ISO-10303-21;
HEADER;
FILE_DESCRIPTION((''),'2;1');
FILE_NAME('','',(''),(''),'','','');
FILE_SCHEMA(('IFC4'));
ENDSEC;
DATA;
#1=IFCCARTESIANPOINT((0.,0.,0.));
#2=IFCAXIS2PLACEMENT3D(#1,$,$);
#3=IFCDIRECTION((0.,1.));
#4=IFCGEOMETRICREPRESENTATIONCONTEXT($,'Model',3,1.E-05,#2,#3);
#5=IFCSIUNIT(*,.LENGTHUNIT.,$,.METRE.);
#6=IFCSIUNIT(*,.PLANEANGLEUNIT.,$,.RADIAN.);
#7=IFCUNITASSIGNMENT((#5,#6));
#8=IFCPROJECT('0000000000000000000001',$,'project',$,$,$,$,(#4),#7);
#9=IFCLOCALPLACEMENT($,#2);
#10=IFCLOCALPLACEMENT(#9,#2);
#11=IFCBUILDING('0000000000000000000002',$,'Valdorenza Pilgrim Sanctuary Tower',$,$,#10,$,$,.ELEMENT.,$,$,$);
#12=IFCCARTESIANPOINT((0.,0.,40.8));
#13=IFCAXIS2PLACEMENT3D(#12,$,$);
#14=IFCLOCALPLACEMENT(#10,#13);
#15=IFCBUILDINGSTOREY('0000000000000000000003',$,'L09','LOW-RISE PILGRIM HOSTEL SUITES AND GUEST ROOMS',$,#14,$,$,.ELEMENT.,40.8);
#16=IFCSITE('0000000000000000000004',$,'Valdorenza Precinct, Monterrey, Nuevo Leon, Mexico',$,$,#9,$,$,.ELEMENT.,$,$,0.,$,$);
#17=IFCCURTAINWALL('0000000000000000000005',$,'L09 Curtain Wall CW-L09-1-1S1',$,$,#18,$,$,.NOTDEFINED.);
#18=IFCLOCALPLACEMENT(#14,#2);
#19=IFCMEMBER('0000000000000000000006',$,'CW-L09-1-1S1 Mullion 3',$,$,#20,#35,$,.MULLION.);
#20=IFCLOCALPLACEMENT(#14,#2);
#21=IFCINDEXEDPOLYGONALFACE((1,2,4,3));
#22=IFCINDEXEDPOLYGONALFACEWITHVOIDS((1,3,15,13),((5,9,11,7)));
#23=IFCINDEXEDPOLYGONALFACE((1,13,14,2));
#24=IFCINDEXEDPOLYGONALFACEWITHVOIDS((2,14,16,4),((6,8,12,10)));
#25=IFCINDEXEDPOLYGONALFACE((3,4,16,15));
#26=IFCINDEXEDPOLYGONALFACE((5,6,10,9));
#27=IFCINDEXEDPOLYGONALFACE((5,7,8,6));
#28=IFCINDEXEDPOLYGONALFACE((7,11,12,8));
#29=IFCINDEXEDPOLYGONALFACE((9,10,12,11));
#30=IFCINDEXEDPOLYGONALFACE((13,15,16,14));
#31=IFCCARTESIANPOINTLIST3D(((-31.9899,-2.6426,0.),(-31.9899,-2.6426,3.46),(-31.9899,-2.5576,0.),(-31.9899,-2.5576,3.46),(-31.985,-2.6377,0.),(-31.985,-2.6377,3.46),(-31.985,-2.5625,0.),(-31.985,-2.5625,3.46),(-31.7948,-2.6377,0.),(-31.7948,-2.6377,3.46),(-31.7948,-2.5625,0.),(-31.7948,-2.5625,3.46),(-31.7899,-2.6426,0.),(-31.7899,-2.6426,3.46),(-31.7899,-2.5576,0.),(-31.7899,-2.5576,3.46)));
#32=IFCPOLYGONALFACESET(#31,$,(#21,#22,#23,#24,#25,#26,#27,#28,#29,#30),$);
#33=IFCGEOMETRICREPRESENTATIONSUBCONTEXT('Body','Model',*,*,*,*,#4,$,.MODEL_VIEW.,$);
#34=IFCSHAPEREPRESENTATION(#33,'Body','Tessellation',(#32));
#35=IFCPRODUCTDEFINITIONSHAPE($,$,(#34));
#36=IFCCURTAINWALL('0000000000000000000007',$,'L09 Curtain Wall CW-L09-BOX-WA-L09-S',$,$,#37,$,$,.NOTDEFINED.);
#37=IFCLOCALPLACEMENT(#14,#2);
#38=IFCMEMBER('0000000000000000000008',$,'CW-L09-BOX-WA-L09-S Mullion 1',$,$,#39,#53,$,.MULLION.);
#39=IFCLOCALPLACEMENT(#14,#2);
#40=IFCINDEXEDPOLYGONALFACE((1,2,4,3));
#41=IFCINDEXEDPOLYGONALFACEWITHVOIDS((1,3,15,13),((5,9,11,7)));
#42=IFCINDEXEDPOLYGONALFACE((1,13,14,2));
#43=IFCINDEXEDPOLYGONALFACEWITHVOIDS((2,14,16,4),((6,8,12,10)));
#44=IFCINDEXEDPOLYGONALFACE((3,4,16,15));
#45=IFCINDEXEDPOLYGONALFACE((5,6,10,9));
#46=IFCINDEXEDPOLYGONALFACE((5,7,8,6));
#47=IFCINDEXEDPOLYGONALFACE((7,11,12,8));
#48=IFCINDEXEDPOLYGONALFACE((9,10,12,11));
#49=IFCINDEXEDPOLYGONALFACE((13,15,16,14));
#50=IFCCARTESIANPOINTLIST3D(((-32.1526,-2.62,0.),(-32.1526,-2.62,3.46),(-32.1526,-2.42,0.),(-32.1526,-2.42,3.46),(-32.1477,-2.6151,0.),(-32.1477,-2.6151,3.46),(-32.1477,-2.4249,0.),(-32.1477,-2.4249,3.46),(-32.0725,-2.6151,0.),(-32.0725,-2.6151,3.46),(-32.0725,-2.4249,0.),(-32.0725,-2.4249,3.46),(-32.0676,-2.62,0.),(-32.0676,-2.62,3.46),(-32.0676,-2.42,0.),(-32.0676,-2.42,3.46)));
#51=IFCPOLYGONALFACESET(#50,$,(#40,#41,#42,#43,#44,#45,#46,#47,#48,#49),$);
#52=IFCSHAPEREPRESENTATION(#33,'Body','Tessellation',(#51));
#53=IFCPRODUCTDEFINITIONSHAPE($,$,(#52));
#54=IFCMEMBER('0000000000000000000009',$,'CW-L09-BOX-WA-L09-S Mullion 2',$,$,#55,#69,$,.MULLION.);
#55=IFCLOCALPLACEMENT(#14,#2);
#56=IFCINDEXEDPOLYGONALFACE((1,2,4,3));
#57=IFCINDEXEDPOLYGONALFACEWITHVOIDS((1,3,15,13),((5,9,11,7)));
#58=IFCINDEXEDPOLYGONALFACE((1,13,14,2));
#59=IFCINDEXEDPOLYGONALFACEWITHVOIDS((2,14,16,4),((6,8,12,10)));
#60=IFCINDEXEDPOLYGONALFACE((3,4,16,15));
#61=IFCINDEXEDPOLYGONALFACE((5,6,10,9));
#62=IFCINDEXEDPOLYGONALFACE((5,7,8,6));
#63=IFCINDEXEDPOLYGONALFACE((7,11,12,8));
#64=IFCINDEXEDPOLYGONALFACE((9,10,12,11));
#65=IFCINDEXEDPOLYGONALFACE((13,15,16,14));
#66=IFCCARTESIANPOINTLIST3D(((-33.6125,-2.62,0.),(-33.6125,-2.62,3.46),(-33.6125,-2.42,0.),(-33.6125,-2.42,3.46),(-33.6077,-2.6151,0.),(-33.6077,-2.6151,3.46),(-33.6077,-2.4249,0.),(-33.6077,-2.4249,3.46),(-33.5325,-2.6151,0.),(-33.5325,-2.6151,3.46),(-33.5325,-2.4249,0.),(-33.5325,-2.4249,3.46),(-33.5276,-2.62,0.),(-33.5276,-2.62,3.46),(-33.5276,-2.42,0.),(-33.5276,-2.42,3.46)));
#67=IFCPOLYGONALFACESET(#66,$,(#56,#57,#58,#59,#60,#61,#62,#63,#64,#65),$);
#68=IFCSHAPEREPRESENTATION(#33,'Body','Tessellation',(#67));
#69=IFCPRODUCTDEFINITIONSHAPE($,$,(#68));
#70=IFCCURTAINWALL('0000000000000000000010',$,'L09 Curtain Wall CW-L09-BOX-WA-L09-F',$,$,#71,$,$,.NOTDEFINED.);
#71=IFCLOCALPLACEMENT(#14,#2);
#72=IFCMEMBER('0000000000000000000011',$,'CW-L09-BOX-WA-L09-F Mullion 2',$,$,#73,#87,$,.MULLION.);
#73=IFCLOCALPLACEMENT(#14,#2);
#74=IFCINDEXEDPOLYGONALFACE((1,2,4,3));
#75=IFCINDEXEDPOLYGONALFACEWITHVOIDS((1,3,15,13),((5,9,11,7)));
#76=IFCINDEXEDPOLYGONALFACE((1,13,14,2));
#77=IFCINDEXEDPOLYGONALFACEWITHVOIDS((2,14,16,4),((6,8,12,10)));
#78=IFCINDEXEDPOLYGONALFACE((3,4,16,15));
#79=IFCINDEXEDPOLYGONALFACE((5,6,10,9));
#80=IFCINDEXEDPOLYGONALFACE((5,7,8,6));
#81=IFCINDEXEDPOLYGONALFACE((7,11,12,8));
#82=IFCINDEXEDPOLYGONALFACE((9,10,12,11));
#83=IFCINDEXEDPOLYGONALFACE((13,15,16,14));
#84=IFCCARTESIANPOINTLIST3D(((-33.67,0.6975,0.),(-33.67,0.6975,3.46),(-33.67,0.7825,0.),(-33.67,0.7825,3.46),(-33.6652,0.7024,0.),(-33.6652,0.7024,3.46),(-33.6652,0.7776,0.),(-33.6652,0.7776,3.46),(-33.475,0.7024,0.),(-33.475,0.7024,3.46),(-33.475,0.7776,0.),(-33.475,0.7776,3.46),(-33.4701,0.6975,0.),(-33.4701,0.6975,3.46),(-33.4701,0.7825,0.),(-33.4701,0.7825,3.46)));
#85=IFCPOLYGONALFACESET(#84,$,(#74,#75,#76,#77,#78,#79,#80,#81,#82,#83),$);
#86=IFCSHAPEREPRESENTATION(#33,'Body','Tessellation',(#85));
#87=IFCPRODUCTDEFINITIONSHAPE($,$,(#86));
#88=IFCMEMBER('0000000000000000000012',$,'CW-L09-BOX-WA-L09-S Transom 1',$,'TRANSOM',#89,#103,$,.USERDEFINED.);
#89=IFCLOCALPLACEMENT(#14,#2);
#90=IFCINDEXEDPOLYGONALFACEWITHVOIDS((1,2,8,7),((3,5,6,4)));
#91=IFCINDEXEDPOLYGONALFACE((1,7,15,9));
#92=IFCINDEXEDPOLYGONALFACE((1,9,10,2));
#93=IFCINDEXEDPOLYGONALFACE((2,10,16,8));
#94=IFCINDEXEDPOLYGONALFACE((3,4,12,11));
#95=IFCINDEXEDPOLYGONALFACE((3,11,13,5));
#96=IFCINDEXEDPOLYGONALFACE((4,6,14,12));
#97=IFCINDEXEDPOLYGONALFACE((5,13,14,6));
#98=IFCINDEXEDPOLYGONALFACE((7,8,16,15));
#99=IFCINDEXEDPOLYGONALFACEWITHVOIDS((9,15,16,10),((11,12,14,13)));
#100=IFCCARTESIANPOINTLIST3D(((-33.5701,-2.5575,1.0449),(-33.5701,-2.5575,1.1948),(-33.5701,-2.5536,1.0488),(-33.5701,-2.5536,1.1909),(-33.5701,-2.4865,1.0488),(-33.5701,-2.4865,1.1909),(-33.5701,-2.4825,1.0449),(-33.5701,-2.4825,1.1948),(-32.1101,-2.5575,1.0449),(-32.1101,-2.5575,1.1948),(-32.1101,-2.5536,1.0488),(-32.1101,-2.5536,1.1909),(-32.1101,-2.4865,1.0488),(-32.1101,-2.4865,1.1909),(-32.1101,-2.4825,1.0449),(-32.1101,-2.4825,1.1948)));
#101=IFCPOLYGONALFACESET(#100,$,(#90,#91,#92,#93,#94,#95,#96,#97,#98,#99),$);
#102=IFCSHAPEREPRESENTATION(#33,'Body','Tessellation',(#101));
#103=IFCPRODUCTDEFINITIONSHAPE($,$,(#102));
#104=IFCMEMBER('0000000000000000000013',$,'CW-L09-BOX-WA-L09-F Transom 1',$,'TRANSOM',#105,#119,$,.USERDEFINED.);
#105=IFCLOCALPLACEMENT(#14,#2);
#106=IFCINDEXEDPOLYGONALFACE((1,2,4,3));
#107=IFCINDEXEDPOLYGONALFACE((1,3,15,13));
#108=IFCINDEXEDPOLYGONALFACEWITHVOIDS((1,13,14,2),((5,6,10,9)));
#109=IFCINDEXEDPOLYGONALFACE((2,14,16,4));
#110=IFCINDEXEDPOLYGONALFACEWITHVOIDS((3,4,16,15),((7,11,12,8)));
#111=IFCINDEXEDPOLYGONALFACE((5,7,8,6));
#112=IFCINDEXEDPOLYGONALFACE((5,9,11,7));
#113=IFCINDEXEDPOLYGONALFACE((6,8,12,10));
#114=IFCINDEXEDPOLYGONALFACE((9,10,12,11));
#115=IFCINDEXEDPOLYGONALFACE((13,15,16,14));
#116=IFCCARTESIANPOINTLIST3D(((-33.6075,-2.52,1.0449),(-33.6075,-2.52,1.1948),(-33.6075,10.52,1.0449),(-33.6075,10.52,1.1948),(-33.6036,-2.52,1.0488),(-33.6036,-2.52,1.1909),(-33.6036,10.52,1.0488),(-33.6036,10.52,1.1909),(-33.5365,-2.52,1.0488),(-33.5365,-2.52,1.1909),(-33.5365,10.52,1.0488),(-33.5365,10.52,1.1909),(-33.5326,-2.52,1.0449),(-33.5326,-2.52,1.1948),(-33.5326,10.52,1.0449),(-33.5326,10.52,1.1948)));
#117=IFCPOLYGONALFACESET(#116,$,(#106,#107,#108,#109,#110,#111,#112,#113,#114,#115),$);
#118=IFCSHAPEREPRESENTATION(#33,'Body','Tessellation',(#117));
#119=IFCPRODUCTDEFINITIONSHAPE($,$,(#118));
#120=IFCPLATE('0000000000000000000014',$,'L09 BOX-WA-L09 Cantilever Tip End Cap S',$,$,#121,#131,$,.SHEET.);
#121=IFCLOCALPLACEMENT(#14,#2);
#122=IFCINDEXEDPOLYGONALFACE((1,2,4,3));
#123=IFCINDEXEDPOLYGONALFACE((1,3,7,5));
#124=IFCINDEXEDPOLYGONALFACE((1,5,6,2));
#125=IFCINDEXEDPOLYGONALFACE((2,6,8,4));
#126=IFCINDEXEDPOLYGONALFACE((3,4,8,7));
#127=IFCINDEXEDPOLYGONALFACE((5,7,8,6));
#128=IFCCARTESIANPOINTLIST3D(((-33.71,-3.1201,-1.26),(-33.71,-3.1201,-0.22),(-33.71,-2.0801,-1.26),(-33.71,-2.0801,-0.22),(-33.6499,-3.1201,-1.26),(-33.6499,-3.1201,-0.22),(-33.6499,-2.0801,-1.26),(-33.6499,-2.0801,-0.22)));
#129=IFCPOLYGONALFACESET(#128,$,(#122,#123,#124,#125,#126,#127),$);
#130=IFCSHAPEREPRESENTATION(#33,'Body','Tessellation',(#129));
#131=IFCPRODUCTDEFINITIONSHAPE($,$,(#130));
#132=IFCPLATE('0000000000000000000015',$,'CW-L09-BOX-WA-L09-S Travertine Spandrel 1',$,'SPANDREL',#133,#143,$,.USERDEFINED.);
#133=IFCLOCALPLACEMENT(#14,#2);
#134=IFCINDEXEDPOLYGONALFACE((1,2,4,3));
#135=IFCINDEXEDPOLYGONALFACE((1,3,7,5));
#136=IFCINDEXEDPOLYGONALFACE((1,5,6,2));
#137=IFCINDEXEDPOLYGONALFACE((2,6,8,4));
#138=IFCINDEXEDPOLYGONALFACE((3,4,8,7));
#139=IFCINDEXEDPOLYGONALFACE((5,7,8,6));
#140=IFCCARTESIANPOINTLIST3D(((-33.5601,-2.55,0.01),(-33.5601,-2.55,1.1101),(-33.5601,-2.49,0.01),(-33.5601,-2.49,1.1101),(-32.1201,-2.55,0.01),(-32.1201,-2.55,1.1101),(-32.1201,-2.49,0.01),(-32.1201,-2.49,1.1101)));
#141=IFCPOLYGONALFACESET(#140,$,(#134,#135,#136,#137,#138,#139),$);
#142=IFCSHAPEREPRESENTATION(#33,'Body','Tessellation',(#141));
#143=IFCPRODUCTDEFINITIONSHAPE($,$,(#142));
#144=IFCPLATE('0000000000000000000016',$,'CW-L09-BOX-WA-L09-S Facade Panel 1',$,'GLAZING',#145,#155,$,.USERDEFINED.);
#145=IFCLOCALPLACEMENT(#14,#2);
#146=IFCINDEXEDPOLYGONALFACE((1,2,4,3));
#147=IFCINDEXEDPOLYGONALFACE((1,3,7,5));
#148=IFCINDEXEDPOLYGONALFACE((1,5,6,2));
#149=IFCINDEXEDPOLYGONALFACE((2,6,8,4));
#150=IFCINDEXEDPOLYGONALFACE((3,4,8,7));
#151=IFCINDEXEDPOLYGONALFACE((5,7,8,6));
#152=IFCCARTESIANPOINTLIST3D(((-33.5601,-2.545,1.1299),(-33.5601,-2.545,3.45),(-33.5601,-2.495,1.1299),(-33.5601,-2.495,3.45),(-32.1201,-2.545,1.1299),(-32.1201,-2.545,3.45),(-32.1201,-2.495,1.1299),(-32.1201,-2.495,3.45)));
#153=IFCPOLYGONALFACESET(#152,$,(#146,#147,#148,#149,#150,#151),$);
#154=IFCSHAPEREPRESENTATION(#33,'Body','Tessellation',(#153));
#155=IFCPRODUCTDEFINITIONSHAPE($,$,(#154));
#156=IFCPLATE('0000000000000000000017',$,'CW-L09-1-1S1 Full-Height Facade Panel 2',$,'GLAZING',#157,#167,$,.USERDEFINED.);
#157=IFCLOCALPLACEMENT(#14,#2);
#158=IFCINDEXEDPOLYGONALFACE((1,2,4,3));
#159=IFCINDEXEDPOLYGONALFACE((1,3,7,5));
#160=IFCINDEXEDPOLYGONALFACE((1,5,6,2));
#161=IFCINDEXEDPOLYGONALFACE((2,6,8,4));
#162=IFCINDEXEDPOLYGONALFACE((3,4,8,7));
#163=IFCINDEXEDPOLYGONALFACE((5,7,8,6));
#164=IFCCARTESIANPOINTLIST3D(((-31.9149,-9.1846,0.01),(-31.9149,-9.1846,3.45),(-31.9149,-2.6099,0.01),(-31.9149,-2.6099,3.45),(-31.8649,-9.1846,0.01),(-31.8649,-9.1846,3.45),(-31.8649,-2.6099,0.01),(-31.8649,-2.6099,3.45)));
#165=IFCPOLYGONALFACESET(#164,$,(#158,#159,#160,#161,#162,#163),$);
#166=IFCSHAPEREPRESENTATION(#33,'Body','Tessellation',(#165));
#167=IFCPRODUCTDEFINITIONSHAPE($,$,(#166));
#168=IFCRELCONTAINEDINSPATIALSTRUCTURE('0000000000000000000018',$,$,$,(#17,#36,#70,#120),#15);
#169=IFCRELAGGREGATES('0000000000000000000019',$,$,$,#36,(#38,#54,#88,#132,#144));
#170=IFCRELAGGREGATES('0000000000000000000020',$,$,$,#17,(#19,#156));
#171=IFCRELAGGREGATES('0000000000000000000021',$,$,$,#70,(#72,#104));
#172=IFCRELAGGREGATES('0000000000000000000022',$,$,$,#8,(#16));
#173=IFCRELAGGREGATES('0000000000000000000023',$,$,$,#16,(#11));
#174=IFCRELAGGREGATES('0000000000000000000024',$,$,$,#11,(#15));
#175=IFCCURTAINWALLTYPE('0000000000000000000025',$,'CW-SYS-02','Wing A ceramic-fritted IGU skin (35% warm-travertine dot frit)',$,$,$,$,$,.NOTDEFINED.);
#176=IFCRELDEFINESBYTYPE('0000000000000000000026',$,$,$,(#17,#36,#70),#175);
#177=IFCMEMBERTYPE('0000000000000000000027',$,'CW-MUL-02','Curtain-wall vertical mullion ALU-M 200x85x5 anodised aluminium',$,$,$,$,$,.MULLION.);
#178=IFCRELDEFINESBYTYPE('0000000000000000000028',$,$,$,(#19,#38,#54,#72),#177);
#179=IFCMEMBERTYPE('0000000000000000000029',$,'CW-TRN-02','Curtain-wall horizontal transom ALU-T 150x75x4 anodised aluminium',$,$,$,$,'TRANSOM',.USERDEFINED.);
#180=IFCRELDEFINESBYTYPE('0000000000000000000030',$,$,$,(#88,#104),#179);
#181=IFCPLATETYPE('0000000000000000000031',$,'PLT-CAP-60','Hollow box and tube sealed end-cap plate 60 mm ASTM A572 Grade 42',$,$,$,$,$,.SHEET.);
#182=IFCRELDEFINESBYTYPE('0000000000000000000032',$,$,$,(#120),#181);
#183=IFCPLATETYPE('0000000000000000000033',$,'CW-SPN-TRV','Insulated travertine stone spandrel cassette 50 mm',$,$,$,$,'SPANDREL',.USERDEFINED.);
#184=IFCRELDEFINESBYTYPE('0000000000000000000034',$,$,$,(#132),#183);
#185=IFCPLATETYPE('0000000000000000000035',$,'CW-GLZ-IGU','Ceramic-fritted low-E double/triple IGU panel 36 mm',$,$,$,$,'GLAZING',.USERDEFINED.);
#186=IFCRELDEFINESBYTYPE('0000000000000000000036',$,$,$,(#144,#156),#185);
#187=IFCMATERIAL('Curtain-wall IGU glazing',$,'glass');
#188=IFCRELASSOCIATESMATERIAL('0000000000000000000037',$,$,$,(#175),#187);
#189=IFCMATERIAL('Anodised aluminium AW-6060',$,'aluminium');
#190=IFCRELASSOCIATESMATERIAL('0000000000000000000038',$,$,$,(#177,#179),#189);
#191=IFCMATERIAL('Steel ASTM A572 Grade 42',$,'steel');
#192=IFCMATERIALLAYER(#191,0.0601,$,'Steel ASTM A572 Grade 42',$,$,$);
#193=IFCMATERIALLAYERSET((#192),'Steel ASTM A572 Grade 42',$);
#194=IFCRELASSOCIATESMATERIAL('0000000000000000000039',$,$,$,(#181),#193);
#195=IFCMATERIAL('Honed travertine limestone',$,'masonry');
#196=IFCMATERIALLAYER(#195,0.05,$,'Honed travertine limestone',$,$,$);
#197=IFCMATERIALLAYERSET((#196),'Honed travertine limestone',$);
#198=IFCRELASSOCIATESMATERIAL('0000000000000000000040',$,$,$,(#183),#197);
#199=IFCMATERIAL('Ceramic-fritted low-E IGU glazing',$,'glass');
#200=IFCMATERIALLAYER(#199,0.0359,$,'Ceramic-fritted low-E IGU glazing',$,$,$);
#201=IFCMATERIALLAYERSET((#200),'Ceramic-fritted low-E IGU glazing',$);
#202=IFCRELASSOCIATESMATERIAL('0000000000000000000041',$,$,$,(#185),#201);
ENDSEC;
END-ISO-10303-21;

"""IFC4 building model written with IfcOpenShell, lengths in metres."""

from ifc_helpers import new_model, si_unit, direction, frame, origin, origin_2d, place, context, subcontext, project, spatial, rectangle, hollow_rectangle, extrude, source, transform, mapped, material, layer, layer_set, material_profile, profile_set, type_object, element, aggregate, save


model = new_model("IFC4")

# Units and contexts
model_context = context("Model", 3, precision=1e-05, world=origin(), true_north=direction((0.0, 1.0)))
body_context = subcontext(model_context, "Body", "Model", "MODEL_VIEW")
ifc_project = project(units=[si_unit("LENGTHUNIT", "METRE"), si_unit("PLANEANGLEUNIT", "RADIAN")], contexts=[model_context])

# Site, building, storey
site_placement = place(None, origin())
site = spatial("IfcSite", under=ifc_project, at=site_placement, Name="Valdorenza Precinct, Monterrey, Nuevo Leon, Mexico", CompositionType="ELEMENT", RefElevation=0.0)
building_placement = place(site_placement, origin())
building = spatial("IfcBuilding", under=site, at=building_placement, Name="Valdorenza Pilgrim Sanctuary Tower", CompositionType="ELEMENT")
storey_placement = place(building_placement, frame((0.0, 0.0, 40.8)))
storey = spatial("IfcBuildingStorey", under=building, at=storey_placement, Name="L09", Description="LOW-RISE PILGRIM HOSTEL SUITES AND GUEST ROOMS", CompositionType="ELEMENT", Elevation=40.8)

# Shared definitions
ifc_material_1 = material(Name="Steel ASTM A572 Grade 42", Category="steel")

# Curtain wall, member
ifc_material_2 = material(Name="Curtain-wall IGU glazing", Category="glass")
curtain_wall_type = type_object("IfcCurtainWallType", Name="CW-SYS-02", Description="Wing A ceramic-fritted IGU skin (35% warm-travertine dot frit)", PredefinedType="NOTDEFINED", material=ifc_material_2)
curtain_wall_1_placement = place(storey_placement, origin())
curtain_wall_1 = element("IfcCurtainWall", 1, at=curtain_wall_1_placement, inside=storey, type_object=curtain_wall_type, Name="L09 Curtain Wall CW-L09-1-1S1", PredefinedType="NOTDEFINED")
ifc_material_3 = material(Name="Anodised aluminium AW-6060", Category="aluminium")
ifc_material_profile_1 = material_profile(ifc_material_3, hollow_rectangle(XDim=0.085, YDim=0.2, WallThickness=0.0049, at=origin_2d()), Name="ALU-M 200x85x5")
ifc_profile_set_1 = profile_set([ifc_material_profile_1], Name="Anodised aluminium AW-6060")
member_type_1 = type_object("IfcMemberType", Name="CW-MUL-02", Description="Curtain-wall vertical mullion ALU-M 200x85x5 anodised aluminium", PredefinedType="MULLION", material=ifc_profile_set_1)
shared_shape_1 = source(origin(), body_context, "Body", "SweptSolid", [
    extrude(hollow_rectangle(XDim=0.085, YDim=0.2, WallThickness=0.0049, at=origin_2d()), origin(), (0.0, 0.0, 1.0), 3.46),
])
member_1_placement = place(storey_placement, frame((-31.8899, -2.6001, 0.0), z_axis=(0.0, 0.0, 1.0), x_axis=(0.0, 1.0, 0.0)))
member_1 = element("IfcMember", 2, at=member_1_placement, type_object=member_type_1, Name="CW-L09-1-1S1 Mullion 3", PredefinedType="MULLION", context=body_context, shape_type="MappedRepresentation", body=[
    mapped(shared_shape_1, transform((0.0, 0.0, 0.0), x_axis=(1.0, 0.0, 0.0), y_axis=(0.0, 1.0, 0.0), z_axis=(0.0, 0.0, 1.0), scale=1.0)),
])

# Curtain wall, members
curtain_wall_2_placement = place(storey_placement, origin())
curtain_wall_2 = element("IfcCurtainWall", 3, at=curtain_wall_2_placement, inside=storey, type_object=curtain_wall_type, Name="L09 Curtain Wall CW-L09-BOX-WA-L09-S", PredefinedType="NOTDEFINED")
member_2_placement = place(storey_placement, frame((-32.1101, -2.52, 0.0), z_axis=(0.0, 0.0, 1.0), x_axis=(-1.0, 0.0, 0.0)))
member_2 = element("IfcMember", 4, at=member_2_placement, type_object=member_type_1, Name="CW-L09-BOX-WA-L09-S Mullion 1", PredefinedType="MULLION", context=body_context, shape_type="MappedRepresentation", body=[
    mapped(shared_shape_1, transform((0.0, 0.0, 0.0), x_axis=(1.0, 0.0, 0.0), y_axis=(0.0, 1.0, 0.0), z_axis=(0.0, 0.0, 1.0), scale=1.0)),
])
member_3_placement = place(storey_placement, frame((-33.5701, -2.52, 0.0), z_axis=(0.0, 0.0, 1.0), x_axis=(-1.0, 0.0, 0.0)))
member_3 = element("IfcMember", 5, at=member_3_placement, type_object=member_type_1, Name="CW-L09-BOX-WA-L09-S Mullion 2", PredefinedType="MULLION", context=body_context, shape_type="MappedRepresentation", body=[
    mapped(shared_shape_1, transform((0.0, 0.0, 0.0), x_axis=(1.0, 0.0, 0.0), y_axis=(0.0, 1.0, 0.0), z_axis=(0.0, 0.0, 1.0), scale=1.0)),
])

# Curtain wall, member
curtain_wall_3_placement = place(storey_placement, origin())
curtain_wall_3 = element("IfcCurtainWall", 6, at=curtain_wall_3_placement, inside=storey, type_object=curtain_wall_type, Name="L09 Curtain Wall CW-L09-BOX-WA-L09-F", PredefinedType="NOTDEFINED")
member_4_placement = place(storey_placement, frame((-33.5701, 0.74, 0.0), z_axis=(0.0, 0.0, 1.0), x_axis=(0.0, 1.0, 0.0)))
member_4 = element("IfcMember", 7, at=member_4_placement, type_object=member_type_1, Name="CW-L09-BOX-WA-L09-F Mullion 2", PredefinedType="MULLION", context=body_context, shape_type="MappedRepresentation", body=[
    mapped(shared_shape_1, transform((0.0, 0.0, 0.0), x_axis=(1.0, 0.0, 0.0), y_axis=(0.0, 1.0, 0.0), z_axis=(0.0, 0.0, 1.0), scale=1.0)),
])

# Members
ifc_material_profile_2 = material_profile(ifc_material_3, hollow_rectangle(XDim=0.075, YDim=0.1499, WallThickness=0.0039, at=origin_2d()), Name="ALU-T 150x75x4")
ifc_profile_set_2 = profile_set([ifc_material_profile_2], Name="Anodised aluminium AW-6060")
member_type_2 = type_object("IfcMemberType", Name="CW-TRN-02", Description="Curtain-wall horizontal transom ALU-T 150x75x4 anodised aluminium", ElementType="TRANSOM", PredefinedType="USERDEFINED", material=ifc_profile_set_2)
shared_shape_2 = source(origin(), body_context, "Body", "SweptSolid", [
    extrude(hollow_rectangle(XDim=0.075, YDim=0.1499, WallThickness=0.0039, at=origin_2d()), origin(), (0.0, 0.0, 1.0), 1.46),
])
member_5_placement = place(storey_placement, frame((-32.1101, -2.52, 1.1199), z_axis=(-1.0, 0.0, 0.0), x_axis=(0.0, -1.0, 0.0)))
member_5 = element("IfcMember", 8, at=member_5_placement, type_object=member_type_2, Name="CW-L09-BOX-WA-L09-S Transom 1", ObjectType="TRANSOM", PredefinedType="USERDEFINED", context=body_context, shape_type="MappedRepresentation", body=[
    mapped(shared_shape_2, transform((0.0, 0.0, 0.0), x_axis=(1.0, 0.0, 0.0), y_axis=(0.0, 1.0, 0.0), z_axis=(0.0, 0.0, 1.0), scale=1.0)),
])
shared_shape_3 = source(origin(), body_context, "Body", "SweptSolid", [
    extrude(hollow_rectangle(XDim=0.075, YDim=0.1499, WallThickness=0.0039, at=origin_2d()), origin(), (0.0, 0.0, 1.0), 13.04),
])
member_6_placement = place(storey_placement, frame((-33.5701, -2.52, 1.1199), z_axis=(0.0, 1.0, 0.0), x_axis=(-1.0, 0.0, 0.0)))
member_6 = element("IfcMember", 9, at=member_6_placement, type_object=member_type_2, Name="CW-L09-BOX-WA-L09-F Transom 1", ObjectType="TRANSOM", PredefinedType="USERDEFINED", context=body_context, shape_type="MappedRepresentation", body=[
    mapped(shared_shape_3, transform((0.0, 0.0, 0.0), x_axis=(1.0, 0.0, 0.0), y_axis=(0.0, 1.0, 0.0), z_axis=(0.0, 0.0, 1.0), scale=1.0)),
])

# Plates
ifc_layer_1 = layer(ifc_material_1, 0.0601, Name="Steel ASTM A572 Grade 42")
ifc_layer_set_1 = layer_set([ifc_layer_1], Name="Steel ASTM A572 Grade 42")
plate_type_1 = type_object("IfcPlateType", Name="PLT-CAP-60", Description="Hollow box and tube sealed end-cap plate 60 mm ASTM A572 Grade 42", PredefinedType="SHEET", material=ifc_layer_set_1)
shared_shape_4 = source(origin(), body_context, "Body", "SweptSolid", [
    extrude(rectangle(XDim=0.0601, YDim=1.04, at=origin_2d()), origin(), (0.0, 0.0, 1.0), 1.04),
])
plate_1_placement = place(storey_placement, frame((-33.6799, -2.6001, -1.26), z_axis=(0.0, 0.0, 1.0), x_axis=(1.0, 0.0, 0.0)))
element("IfcPlate", 10, at=plate_1_placement, inside=storey, type_object=plate_type_1, Name="L09 BOX-WA-L09 Cantilever Tip End Cap S", PredefinedType="SHEET", context=body_context, shape_type="MappedRepresentation", body=[
    mapped(shared_shape_4, transform((0.0, 0.0, 0.0), x_axis=(1.0, 0.0, 0.0), y_axis=(0.0, 1.0, 0.0), z_axis=(0.0, 0.0, 1.0), scale=1.0)),
])
ifc_material_4 = material(Name="Honed travertine limestone", Category="masonry")
ifc_layer_2 = layer(ifc_material_4, 0.05, Name="Honed travertine limestone")
ifc_layer_set_2 = layer_set([ifc_layer_2], Name="Honed travertine limestone")
plate_type_2 = type_object("IfcPlateType", Name="CW-SPN-TRV", Description="Insulated travertine stone spandrel cassette 50 mm", ElementType="SPANDREL", PredefinedType="USERDEFINED", material=ifc_layer_set_2)
shared_shape_5 = source(origin(), body_context, "Body", "SweptSolid", [
    extrude(rectangle(XDim=1.4399, YDim=0.0601, at=origin_2d()), origin(), (0.0, 0.0, 1.0), 1.1001),
])
plate_2_placement = place(storey_placement, frame((-32.8401, -2.52, 0.01), z_axis=(0.0, 0.0, 1.0), x_axis=(-1.0, 0.0, 0.0)))
plate_2 = element("IfcPlate", 11, at=plate_2_placement, type_object=plate_type_2, Name="CW-L09-BOX-WA-L09-S Travertine Spandrel 1", ObjectType="SPANDREL", PredefinedType="USERDEFINED", context=body_context, shape_type="MappedRepresentation", body=[
    mapped(shared_shape_5, transform((0.0, 0.0, 0.0), x_axis=(1.0, 0.0, 0.0), y_axis=(0.0, 1.0, 0.0), z_axis=(0.0, 0.0, 1.0), scale=1.0)),
])
ifc_material_5 = material(Name="Ceramic-fritted low-E IGU glazing", Category="glass")
ifc_layer_3 = layer(ifc_material_5, 0.0359, Name="Ceramic-fritted low-E IGU glazing")
ifc_layer_set_3 = layer_set([ifc_layer_3], Name="Ceramic-fritted low-E IGU glazing")
plate_type_3 = type_object("IfcPlateType", Name="CW-GLZ-IGU", Description="Ceramic-fritted low-E double/triple IGU panel 36 mm", ElementType="GLAZING", PredefinedType="USERDEFINED", material=ifc_layer_set_3)
shared_shape_6 = source(origin(), body_context, "Body", "SweptSolid", [
    extrude(rectangle(XDim=1.4399, YDim=0.05, at=origin_2d()), origin(), (0.0, 0.0, 1.0), 2.3201),
])
plate_3_placement = place(storey_placement, frame((-32.8401, -2.52, 1.1299), z_axis=(0.0, 0.0, 1.0), x_axis=(-1.0, 0.0, 0.0)))
plate_3 = element("IfcPlate", 12, at=plate_3_placement, type_object=plate_type_3, Name="CW-L09-BOX-WA-L09-S Facade Panel 1", ObjectType="GLAZING", PredefinedType="USERDEFINED", context=body_context, shape_type="MappedRepresentation", body=[
    mapped(shared_shape_6, transform((0.0, 0.0, 0.0), x_axis=(1.0, 0.0, 0.0), y_axis=(0.0, 1.0, 0.0), z_axis=(0.0, 0.0, 1.0), scale=1.0)),
])
aggregate(curtain_wall_2, [member_2, member_3, member_5, plate_2, plate_3])
shared_shape_7 = source(origin(), body_context, "Body", "SweptSolid", [
    extrude(rectangle(XDim=6.5747, YDim=0.05, at=origin_2d()), origin(), (0.0, 0.0, 1.0), 3.4399),
])
plate_4_placement = place(storey_placement, frame((-31.8899, -5.8972, 0.01), z_axis=(0.0, 0.0, 1.0), x_axis=(0.0, 1.0, 0.0)))
plate_4 = element("IfcPlate", 13, at=plate_4_placement, type_object=plate_type_3, Name="CW-L09-1-1S1 Full-Height Facade Panel 2", ObjectType="GLAZING", PredefinedType="USERDEFINED", context=body_context, shape_type="MappedRepresentation", body=[
    mapped(shared_shape_7, transform((0.0, 0.0, 0.0), x_axis=(1.0, 0.0, 0.0), y_axis=(0.0, 1.0, 0.0), z_axis=(0.0, 0.0, 1.0), scale=1.0)),
])
aggregate(curtain_wall_1, [member_1, plate_4])
aggregate(curtain_wall_3, [member_4, member_6])

save(model, "model.ifc")
